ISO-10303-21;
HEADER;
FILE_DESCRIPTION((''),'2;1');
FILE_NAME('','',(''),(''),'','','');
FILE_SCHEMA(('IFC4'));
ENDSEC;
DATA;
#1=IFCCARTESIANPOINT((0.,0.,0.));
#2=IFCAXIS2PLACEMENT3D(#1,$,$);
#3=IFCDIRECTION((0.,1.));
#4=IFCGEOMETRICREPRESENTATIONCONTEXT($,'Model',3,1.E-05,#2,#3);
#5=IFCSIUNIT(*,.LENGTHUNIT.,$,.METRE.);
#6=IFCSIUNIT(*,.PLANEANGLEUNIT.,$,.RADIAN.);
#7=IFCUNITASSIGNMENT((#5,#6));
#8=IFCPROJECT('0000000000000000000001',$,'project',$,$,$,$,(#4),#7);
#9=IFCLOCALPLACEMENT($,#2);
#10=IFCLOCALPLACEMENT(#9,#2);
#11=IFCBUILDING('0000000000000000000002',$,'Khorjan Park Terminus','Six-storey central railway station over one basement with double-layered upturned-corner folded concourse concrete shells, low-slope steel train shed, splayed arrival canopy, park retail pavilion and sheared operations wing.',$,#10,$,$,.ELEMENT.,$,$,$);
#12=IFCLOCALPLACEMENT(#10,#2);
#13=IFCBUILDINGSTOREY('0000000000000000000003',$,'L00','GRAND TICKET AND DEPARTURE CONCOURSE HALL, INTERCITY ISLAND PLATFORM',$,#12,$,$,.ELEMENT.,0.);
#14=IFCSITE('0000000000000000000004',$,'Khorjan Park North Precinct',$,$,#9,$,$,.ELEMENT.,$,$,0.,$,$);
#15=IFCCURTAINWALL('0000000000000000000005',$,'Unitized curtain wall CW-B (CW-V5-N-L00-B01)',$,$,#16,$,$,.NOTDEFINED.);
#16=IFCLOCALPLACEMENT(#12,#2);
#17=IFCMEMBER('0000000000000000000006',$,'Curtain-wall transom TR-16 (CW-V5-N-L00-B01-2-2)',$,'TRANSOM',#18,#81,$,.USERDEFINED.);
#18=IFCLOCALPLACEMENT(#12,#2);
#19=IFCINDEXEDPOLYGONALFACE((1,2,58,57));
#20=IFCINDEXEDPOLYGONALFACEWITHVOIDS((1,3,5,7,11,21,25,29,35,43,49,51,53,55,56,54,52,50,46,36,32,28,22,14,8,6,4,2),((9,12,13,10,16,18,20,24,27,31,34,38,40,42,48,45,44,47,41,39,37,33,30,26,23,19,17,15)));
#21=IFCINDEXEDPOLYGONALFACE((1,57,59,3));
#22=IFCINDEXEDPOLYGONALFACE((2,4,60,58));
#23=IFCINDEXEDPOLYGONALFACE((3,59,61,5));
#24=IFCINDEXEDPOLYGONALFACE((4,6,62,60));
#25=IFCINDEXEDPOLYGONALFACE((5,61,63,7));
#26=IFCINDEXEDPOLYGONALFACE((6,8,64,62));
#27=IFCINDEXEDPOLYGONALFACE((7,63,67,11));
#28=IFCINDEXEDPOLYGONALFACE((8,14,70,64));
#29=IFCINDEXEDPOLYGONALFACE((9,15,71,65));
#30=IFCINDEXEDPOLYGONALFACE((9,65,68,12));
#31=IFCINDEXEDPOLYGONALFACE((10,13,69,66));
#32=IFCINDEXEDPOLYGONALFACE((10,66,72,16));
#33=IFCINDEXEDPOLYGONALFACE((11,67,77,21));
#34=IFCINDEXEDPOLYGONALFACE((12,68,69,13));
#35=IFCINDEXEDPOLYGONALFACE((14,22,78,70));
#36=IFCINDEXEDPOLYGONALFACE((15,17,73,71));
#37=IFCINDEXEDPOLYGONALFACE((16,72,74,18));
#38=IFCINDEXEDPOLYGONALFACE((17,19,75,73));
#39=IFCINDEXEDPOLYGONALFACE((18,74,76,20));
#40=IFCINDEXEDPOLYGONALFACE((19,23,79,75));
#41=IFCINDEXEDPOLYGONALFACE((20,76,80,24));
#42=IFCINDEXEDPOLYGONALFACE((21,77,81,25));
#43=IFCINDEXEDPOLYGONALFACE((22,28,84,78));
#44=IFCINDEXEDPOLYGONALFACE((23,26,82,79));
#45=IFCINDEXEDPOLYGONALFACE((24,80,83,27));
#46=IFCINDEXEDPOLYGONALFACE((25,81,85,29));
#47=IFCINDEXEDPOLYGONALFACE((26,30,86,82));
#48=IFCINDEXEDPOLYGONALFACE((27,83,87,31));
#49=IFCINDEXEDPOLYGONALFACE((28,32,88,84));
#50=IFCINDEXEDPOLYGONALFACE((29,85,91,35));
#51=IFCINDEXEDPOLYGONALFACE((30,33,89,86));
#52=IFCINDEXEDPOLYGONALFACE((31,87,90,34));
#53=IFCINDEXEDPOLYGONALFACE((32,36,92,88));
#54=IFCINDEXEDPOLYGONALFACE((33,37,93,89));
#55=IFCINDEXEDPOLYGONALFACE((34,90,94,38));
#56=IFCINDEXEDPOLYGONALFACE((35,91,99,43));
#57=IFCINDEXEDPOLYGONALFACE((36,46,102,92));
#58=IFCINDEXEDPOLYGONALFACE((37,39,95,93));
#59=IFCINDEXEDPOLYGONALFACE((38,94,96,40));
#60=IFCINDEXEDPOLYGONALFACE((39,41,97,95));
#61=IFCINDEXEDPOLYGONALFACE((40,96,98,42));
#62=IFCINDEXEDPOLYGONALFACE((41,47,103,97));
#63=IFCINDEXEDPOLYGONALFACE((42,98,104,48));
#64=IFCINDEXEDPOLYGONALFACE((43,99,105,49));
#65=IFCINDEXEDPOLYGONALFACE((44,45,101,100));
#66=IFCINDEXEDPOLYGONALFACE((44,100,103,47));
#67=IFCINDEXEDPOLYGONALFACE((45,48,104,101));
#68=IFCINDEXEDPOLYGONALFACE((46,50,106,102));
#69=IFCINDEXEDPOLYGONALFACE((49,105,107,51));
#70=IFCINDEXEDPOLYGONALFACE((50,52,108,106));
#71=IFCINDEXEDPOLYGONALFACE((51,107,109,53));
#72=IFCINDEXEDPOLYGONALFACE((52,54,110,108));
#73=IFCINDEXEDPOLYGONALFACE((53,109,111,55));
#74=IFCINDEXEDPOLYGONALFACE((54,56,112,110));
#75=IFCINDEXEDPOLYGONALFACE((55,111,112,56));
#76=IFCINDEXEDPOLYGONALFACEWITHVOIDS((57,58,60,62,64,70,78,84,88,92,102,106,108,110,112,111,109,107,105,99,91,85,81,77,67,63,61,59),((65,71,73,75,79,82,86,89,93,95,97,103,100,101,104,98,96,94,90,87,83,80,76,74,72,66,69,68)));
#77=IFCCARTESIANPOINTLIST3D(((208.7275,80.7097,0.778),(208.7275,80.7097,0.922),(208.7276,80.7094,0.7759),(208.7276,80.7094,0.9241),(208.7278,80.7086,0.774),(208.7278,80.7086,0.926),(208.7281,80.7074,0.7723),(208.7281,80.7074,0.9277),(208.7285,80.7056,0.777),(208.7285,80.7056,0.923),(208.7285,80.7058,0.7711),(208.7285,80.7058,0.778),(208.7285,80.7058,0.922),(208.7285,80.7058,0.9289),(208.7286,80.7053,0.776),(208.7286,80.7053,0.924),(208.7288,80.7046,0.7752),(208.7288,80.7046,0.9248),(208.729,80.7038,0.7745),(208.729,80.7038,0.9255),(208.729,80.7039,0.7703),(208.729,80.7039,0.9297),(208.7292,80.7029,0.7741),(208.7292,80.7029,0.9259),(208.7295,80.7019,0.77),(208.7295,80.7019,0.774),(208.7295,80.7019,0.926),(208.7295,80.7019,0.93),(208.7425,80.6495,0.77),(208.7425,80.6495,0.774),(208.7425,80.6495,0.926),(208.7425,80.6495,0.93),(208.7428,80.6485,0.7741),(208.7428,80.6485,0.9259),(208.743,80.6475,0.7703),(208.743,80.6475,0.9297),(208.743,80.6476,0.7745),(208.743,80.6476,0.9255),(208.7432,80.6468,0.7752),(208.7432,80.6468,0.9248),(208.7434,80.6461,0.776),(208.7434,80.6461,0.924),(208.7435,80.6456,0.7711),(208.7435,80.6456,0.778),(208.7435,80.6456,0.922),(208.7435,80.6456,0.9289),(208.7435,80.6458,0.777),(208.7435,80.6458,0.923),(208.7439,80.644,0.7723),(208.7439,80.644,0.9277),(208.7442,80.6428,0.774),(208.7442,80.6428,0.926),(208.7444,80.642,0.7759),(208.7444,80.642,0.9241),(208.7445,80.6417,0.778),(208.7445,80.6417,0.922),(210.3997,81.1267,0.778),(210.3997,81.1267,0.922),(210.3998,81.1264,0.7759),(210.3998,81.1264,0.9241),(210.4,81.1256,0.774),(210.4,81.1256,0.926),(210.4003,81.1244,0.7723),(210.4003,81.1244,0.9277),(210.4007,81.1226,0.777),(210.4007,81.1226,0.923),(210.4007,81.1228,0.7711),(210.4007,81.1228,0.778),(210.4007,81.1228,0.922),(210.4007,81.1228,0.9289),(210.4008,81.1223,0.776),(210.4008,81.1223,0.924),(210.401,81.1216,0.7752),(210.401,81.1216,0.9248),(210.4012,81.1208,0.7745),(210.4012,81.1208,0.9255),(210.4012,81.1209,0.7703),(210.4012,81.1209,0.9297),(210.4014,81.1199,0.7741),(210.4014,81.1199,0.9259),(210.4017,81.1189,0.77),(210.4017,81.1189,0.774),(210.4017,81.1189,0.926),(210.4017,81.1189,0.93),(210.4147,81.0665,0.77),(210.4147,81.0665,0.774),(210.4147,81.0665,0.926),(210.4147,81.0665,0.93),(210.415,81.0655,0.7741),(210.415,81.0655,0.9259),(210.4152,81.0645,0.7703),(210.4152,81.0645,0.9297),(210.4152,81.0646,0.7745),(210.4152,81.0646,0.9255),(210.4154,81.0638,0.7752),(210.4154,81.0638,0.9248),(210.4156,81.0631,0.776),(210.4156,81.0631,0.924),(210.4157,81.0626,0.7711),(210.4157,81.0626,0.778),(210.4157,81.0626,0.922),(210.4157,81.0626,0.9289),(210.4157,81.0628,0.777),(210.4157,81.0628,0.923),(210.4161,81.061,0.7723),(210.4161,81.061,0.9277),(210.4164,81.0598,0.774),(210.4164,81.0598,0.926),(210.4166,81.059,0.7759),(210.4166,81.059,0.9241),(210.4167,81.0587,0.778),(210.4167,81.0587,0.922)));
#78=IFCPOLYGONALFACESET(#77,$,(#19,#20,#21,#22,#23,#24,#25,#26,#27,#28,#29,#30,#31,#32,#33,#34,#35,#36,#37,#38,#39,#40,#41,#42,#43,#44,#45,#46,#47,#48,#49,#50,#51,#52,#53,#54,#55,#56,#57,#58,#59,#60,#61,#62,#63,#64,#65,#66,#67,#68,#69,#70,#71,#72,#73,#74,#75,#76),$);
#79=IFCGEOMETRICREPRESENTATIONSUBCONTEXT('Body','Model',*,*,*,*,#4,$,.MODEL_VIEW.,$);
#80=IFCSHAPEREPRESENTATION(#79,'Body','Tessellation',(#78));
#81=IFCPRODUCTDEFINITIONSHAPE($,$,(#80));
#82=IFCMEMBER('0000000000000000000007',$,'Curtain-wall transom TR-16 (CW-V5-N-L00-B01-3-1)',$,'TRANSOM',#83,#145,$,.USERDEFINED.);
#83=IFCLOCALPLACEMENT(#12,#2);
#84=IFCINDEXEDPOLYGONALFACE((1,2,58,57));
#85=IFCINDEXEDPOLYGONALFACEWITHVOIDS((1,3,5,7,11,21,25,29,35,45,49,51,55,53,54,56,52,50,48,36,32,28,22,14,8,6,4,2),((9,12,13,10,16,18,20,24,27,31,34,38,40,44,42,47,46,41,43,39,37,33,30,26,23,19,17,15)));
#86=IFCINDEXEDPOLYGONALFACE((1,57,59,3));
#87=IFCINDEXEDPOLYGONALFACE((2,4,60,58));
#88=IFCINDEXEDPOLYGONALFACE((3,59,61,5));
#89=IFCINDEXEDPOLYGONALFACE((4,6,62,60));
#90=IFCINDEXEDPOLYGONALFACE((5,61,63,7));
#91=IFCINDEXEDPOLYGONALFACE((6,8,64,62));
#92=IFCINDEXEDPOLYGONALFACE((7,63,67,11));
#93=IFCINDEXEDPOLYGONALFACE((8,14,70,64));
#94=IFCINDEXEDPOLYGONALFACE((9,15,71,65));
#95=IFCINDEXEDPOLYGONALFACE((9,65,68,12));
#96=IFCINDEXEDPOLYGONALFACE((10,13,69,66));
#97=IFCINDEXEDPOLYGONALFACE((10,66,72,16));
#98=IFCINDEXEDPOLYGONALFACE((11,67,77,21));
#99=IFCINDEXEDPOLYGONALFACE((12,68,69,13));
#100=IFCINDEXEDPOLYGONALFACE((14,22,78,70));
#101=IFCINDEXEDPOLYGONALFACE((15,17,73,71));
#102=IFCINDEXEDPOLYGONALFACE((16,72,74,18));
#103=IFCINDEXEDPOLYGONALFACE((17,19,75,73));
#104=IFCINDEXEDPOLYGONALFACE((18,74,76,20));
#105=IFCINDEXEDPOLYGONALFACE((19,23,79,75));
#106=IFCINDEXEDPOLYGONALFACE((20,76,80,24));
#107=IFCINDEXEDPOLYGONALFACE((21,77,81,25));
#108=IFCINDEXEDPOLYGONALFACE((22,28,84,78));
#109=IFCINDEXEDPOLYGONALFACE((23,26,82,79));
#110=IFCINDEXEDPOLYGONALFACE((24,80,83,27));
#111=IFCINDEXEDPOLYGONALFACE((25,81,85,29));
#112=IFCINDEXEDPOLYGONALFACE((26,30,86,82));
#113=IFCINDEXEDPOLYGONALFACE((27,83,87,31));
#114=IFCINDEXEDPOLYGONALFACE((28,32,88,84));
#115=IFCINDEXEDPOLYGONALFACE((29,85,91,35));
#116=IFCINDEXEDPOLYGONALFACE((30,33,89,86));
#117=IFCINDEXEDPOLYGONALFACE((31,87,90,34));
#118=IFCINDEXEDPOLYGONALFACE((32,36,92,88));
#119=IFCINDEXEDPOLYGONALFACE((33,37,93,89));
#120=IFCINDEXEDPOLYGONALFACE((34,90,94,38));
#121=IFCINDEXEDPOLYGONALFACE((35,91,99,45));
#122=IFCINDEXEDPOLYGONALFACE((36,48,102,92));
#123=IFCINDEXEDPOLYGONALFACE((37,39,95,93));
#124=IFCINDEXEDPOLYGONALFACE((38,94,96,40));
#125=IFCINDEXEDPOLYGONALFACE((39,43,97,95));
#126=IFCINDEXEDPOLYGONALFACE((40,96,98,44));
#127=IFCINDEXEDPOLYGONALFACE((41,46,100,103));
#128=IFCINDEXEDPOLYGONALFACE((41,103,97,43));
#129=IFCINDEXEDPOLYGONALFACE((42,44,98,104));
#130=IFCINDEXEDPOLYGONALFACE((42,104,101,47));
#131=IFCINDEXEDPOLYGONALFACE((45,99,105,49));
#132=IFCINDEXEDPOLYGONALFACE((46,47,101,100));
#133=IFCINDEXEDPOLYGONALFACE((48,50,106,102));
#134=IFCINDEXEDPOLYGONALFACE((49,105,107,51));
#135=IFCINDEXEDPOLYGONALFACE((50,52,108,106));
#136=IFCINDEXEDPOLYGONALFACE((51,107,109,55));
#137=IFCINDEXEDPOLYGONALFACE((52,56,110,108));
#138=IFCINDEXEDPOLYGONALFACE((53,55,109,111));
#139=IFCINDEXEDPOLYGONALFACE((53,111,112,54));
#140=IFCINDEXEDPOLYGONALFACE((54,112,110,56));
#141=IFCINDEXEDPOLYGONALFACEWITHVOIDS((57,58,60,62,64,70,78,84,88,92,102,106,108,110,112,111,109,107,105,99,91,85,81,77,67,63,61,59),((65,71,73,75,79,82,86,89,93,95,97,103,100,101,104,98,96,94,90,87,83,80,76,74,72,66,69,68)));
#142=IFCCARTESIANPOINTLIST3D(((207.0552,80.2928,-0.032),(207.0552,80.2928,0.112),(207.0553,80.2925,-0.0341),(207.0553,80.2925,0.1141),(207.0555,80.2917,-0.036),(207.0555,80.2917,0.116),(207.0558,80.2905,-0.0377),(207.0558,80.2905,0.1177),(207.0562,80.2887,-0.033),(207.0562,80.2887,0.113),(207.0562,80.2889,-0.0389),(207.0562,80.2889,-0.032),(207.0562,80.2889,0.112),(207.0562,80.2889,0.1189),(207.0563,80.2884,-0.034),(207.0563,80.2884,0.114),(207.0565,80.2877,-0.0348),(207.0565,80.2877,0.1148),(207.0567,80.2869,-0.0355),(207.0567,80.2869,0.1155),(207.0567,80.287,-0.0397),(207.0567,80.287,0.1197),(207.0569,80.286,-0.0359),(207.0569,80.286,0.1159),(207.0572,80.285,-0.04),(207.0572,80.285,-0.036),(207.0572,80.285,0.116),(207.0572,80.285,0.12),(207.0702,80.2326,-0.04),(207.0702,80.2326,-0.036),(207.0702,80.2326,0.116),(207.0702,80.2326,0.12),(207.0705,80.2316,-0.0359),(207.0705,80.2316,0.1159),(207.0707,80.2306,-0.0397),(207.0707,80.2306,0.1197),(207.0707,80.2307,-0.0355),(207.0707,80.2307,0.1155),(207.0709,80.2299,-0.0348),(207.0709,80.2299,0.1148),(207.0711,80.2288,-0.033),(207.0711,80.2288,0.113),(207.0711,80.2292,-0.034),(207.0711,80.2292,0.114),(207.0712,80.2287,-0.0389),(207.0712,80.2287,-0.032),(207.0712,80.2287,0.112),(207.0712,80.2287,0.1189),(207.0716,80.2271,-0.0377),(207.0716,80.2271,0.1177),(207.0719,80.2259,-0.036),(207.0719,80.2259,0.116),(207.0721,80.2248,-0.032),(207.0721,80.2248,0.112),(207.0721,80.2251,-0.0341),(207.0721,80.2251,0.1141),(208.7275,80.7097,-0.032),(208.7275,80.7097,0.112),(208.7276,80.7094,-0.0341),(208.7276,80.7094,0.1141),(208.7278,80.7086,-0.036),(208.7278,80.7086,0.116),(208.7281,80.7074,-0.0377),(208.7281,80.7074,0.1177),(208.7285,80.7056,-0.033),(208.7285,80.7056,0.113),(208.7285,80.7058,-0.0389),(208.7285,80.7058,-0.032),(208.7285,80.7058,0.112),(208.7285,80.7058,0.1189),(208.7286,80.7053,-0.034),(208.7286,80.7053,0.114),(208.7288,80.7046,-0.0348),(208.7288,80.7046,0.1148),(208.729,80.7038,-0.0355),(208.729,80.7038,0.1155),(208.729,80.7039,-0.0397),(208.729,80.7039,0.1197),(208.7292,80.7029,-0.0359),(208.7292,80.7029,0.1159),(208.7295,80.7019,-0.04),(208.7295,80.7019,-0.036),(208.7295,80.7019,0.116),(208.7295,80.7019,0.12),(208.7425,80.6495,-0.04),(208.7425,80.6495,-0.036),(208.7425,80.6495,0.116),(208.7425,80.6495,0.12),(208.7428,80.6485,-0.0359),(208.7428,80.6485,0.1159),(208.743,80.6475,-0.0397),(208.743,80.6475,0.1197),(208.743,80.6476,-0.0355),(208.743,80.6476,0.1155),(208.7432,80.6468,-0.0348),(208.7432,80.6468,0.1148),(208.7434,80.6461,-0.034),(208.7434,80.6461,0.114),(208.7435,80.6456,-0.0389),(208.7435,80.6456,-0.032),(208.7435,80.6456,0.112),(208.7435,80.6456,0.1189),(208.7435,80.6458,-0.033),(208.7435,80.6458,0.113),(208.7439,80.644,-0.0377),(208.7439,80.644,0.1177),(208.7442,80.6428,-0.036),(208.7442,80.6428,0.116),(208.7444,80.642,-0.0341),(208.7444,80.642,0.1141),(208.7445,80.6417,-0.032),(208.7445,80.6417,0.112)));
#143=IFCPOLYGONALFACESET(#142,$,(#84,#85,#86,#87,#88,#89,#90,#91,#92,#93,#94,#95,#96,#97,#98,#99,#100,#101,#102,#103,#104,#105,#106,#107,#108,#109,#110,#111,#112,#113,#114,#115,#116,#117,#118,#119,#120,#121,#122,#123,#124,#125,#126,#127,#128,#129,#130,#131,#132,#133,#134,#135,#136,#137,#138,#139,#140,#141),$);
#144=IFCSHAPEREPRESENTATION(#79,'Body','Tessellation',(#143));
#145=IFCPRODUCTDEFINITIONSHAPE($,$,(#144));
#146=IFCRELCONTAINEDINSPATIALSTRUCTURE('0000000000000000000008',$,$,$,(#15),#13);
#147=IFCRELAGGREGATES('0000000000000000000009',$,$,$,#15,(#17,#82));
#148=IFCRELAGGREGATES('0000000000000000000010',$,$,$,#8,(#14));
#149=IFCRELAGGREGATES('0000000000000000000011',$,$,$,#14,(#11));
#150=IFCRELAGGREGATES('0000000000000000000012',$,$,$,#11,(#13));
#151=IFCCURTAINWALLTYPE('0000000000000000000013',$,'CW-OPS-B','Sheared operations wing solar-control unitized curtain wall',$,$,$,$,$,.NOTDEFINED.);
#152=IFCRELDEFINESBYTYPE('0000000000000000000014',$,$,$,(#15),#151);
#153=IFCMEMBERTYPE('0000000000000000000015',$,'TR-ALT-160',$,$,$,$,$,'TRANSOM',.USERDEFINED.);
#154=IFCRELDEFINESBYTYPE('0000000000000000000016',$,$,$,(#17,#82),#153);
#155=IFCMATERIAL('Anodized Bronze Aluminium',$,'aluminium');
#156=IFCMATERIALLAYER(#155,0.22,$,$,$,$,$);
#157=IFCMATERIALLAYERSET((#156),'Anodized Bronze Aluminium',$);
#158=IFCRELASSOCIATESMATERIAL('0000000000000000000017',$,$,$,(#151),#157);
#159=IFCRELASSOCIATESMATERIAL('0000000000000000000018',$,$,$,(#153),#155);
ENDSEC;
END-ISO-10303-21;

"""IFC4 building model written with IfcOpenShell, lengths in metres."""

from ifc_helpers import new_model, si_unit, direction, frame, origin, origin_2d, place, context, subcontext, project, spatial, hollow_rectangle, extrude, material, layer, layer_set, material_profile, profile_set, type_object, element, aggregate, save


model = new_model("IFC4")

# Units and contexts
model_context = context("Model", 3, precision=1e-05, world=origin(), true_north=direction((0.0, 1.0)))
body_context = subcontext(model_context, "Body", "Model", "MODEL_VIEW")
ifc_project = project(units=[si_unit("LENGTHUNIT", "METRE"), si_unit("PLANEANGLEUNIT", "RADIAN")], contexts=[model_context])

# Site, building, storey
site_placement = place(None, origin())
site = spatial("IfcSite", under=ifc_project, at=site_placement, Name="Khorjan Park North Precinct", CompositionType="ELEMENT", RefElevation=0.0)
building_placement = place(site_placement, origin())
building = spatial("IfcBuilding", under=site, at=building_placement, Name="Khorjan Park Terminus", Description="Six-storey central railway station over one basement with double-layered upturned-corner folded concourse concrete shells, low-slope steel train shed, splayed arrival canopy, park retail pavilion and sheared operations wing.", CompositionType="ELEMENT")
storey_placement = place(building_placement, origin())
storey = spatial("IfcBuildingStorey", under=building, at=storey_placement, Name="L00", Description="GRAND TICKET AND DEPARTURE CONCOURSE HALL, INTERCITY ISLAND PLATFORM", CompositionType="ELEMENT", Elevation=0.0)

# Curtain wall, members
ifc_material_1 = material(Name="Anodized Bronze Aluminium", Category="aluminium")
ifc_layer_1 = layer(ifc_material_1, 0.22)
ifc_layer_set_1 = layer_set([ifc_layer_1], Name="Anodized Bronze Aluminium")
curtain_wall_type = type_object("IfcCurtainWallType", Name="CW-OPS-B", Description="Sheared operations wing solar-control unitized curtain wall", PredefinedType="NOTDEFINED", material=ifc_layer_set_1)
curtain_wall_placement = place(storey_placement, origin())
curtain_wall = element("IfcCurtainWall", 1, at=curtain_wall_placement, inside=storey, type_object=curtain_wall_type, Name="Unitized curtain wall CW-B (CW-V5-N-L00-B01)", PredefinedType="NOTDEFINED")
ifc_material_profile_1 = material_profile(ifc_material_1, hollow_rectangle(XDim=0.07, YDim=0.16, WallThickness=0.004, InnerFilletRadius=0.004, OuterFilletRadius=0.008, at=origin_2d()), Name="ALT 70x160x4")
ifc_profile_set_1 = profile_set([ifc_material_profile_1], Name="Anodized Bronze Aluminium")
member_type_1 = type_object("IfcMemberType", Name="TR-ALT-160", ElementType="TRANSOM", PredefinedType="USERDEFINED", material=ifc_profile_set_1)
member_1_placement = place(storey_placement, frame((210.4082, 81.0927, 0.85), z_axis=(-0.970286, -0.241962, 0.0), x_axis=(0.241962, -0.970286, 0.0)))
member_1 = element("IfcMember", 2, at=member_1_placement, type_object=member_type_1, Name="Curtain-wall transom TR-16 (CW-V5-N-L00-B01-2-2)", ObjectType="TRANSOM", PredefinedType="USERDEFINED", context=body_context, shape_type="SweptSolid", body=[
    extrude(hollow_rectangle(XDim=0.07, YDim=0.16, WallThickness=0.004, InnerFilletRadius=0.004, OuterFilletRadius=0.008, at=origin_2d()), origin(), (0.0, 0.0, 1.0), 1.7234),
])
member_2_placement = place(storey_placement, frame((208.736, 80.6757, 0.04), z_axis=(-0.970303, -0.241894, 0.0), x_axis=(0.241894, -0.970303, 0.0)))
member_2 = element("IfcMember", 3, at=member_2_placement, type_object=member_type_1, Name="Curtain-wall transom TR-16 (CW-V5-N-L00-B01-3-1)", ObjectType="TRANSOM", PredefinedType="USERDEFINED", context=body_context, shape_type="SweptSolid", body=[
    extrude(hollow_rectangle(XDim=0.07, YDim=0.16, WallThickness=0.004, InnerFilletRadius=0.004, OuterFilletRadius=0.008, at=origin_2d()), origin(), (0.0, 0.0, 1.0), 1.7235),
])
aggregate(curtain_wall, [member_1, member_2])

save(model, "model.ifc")
